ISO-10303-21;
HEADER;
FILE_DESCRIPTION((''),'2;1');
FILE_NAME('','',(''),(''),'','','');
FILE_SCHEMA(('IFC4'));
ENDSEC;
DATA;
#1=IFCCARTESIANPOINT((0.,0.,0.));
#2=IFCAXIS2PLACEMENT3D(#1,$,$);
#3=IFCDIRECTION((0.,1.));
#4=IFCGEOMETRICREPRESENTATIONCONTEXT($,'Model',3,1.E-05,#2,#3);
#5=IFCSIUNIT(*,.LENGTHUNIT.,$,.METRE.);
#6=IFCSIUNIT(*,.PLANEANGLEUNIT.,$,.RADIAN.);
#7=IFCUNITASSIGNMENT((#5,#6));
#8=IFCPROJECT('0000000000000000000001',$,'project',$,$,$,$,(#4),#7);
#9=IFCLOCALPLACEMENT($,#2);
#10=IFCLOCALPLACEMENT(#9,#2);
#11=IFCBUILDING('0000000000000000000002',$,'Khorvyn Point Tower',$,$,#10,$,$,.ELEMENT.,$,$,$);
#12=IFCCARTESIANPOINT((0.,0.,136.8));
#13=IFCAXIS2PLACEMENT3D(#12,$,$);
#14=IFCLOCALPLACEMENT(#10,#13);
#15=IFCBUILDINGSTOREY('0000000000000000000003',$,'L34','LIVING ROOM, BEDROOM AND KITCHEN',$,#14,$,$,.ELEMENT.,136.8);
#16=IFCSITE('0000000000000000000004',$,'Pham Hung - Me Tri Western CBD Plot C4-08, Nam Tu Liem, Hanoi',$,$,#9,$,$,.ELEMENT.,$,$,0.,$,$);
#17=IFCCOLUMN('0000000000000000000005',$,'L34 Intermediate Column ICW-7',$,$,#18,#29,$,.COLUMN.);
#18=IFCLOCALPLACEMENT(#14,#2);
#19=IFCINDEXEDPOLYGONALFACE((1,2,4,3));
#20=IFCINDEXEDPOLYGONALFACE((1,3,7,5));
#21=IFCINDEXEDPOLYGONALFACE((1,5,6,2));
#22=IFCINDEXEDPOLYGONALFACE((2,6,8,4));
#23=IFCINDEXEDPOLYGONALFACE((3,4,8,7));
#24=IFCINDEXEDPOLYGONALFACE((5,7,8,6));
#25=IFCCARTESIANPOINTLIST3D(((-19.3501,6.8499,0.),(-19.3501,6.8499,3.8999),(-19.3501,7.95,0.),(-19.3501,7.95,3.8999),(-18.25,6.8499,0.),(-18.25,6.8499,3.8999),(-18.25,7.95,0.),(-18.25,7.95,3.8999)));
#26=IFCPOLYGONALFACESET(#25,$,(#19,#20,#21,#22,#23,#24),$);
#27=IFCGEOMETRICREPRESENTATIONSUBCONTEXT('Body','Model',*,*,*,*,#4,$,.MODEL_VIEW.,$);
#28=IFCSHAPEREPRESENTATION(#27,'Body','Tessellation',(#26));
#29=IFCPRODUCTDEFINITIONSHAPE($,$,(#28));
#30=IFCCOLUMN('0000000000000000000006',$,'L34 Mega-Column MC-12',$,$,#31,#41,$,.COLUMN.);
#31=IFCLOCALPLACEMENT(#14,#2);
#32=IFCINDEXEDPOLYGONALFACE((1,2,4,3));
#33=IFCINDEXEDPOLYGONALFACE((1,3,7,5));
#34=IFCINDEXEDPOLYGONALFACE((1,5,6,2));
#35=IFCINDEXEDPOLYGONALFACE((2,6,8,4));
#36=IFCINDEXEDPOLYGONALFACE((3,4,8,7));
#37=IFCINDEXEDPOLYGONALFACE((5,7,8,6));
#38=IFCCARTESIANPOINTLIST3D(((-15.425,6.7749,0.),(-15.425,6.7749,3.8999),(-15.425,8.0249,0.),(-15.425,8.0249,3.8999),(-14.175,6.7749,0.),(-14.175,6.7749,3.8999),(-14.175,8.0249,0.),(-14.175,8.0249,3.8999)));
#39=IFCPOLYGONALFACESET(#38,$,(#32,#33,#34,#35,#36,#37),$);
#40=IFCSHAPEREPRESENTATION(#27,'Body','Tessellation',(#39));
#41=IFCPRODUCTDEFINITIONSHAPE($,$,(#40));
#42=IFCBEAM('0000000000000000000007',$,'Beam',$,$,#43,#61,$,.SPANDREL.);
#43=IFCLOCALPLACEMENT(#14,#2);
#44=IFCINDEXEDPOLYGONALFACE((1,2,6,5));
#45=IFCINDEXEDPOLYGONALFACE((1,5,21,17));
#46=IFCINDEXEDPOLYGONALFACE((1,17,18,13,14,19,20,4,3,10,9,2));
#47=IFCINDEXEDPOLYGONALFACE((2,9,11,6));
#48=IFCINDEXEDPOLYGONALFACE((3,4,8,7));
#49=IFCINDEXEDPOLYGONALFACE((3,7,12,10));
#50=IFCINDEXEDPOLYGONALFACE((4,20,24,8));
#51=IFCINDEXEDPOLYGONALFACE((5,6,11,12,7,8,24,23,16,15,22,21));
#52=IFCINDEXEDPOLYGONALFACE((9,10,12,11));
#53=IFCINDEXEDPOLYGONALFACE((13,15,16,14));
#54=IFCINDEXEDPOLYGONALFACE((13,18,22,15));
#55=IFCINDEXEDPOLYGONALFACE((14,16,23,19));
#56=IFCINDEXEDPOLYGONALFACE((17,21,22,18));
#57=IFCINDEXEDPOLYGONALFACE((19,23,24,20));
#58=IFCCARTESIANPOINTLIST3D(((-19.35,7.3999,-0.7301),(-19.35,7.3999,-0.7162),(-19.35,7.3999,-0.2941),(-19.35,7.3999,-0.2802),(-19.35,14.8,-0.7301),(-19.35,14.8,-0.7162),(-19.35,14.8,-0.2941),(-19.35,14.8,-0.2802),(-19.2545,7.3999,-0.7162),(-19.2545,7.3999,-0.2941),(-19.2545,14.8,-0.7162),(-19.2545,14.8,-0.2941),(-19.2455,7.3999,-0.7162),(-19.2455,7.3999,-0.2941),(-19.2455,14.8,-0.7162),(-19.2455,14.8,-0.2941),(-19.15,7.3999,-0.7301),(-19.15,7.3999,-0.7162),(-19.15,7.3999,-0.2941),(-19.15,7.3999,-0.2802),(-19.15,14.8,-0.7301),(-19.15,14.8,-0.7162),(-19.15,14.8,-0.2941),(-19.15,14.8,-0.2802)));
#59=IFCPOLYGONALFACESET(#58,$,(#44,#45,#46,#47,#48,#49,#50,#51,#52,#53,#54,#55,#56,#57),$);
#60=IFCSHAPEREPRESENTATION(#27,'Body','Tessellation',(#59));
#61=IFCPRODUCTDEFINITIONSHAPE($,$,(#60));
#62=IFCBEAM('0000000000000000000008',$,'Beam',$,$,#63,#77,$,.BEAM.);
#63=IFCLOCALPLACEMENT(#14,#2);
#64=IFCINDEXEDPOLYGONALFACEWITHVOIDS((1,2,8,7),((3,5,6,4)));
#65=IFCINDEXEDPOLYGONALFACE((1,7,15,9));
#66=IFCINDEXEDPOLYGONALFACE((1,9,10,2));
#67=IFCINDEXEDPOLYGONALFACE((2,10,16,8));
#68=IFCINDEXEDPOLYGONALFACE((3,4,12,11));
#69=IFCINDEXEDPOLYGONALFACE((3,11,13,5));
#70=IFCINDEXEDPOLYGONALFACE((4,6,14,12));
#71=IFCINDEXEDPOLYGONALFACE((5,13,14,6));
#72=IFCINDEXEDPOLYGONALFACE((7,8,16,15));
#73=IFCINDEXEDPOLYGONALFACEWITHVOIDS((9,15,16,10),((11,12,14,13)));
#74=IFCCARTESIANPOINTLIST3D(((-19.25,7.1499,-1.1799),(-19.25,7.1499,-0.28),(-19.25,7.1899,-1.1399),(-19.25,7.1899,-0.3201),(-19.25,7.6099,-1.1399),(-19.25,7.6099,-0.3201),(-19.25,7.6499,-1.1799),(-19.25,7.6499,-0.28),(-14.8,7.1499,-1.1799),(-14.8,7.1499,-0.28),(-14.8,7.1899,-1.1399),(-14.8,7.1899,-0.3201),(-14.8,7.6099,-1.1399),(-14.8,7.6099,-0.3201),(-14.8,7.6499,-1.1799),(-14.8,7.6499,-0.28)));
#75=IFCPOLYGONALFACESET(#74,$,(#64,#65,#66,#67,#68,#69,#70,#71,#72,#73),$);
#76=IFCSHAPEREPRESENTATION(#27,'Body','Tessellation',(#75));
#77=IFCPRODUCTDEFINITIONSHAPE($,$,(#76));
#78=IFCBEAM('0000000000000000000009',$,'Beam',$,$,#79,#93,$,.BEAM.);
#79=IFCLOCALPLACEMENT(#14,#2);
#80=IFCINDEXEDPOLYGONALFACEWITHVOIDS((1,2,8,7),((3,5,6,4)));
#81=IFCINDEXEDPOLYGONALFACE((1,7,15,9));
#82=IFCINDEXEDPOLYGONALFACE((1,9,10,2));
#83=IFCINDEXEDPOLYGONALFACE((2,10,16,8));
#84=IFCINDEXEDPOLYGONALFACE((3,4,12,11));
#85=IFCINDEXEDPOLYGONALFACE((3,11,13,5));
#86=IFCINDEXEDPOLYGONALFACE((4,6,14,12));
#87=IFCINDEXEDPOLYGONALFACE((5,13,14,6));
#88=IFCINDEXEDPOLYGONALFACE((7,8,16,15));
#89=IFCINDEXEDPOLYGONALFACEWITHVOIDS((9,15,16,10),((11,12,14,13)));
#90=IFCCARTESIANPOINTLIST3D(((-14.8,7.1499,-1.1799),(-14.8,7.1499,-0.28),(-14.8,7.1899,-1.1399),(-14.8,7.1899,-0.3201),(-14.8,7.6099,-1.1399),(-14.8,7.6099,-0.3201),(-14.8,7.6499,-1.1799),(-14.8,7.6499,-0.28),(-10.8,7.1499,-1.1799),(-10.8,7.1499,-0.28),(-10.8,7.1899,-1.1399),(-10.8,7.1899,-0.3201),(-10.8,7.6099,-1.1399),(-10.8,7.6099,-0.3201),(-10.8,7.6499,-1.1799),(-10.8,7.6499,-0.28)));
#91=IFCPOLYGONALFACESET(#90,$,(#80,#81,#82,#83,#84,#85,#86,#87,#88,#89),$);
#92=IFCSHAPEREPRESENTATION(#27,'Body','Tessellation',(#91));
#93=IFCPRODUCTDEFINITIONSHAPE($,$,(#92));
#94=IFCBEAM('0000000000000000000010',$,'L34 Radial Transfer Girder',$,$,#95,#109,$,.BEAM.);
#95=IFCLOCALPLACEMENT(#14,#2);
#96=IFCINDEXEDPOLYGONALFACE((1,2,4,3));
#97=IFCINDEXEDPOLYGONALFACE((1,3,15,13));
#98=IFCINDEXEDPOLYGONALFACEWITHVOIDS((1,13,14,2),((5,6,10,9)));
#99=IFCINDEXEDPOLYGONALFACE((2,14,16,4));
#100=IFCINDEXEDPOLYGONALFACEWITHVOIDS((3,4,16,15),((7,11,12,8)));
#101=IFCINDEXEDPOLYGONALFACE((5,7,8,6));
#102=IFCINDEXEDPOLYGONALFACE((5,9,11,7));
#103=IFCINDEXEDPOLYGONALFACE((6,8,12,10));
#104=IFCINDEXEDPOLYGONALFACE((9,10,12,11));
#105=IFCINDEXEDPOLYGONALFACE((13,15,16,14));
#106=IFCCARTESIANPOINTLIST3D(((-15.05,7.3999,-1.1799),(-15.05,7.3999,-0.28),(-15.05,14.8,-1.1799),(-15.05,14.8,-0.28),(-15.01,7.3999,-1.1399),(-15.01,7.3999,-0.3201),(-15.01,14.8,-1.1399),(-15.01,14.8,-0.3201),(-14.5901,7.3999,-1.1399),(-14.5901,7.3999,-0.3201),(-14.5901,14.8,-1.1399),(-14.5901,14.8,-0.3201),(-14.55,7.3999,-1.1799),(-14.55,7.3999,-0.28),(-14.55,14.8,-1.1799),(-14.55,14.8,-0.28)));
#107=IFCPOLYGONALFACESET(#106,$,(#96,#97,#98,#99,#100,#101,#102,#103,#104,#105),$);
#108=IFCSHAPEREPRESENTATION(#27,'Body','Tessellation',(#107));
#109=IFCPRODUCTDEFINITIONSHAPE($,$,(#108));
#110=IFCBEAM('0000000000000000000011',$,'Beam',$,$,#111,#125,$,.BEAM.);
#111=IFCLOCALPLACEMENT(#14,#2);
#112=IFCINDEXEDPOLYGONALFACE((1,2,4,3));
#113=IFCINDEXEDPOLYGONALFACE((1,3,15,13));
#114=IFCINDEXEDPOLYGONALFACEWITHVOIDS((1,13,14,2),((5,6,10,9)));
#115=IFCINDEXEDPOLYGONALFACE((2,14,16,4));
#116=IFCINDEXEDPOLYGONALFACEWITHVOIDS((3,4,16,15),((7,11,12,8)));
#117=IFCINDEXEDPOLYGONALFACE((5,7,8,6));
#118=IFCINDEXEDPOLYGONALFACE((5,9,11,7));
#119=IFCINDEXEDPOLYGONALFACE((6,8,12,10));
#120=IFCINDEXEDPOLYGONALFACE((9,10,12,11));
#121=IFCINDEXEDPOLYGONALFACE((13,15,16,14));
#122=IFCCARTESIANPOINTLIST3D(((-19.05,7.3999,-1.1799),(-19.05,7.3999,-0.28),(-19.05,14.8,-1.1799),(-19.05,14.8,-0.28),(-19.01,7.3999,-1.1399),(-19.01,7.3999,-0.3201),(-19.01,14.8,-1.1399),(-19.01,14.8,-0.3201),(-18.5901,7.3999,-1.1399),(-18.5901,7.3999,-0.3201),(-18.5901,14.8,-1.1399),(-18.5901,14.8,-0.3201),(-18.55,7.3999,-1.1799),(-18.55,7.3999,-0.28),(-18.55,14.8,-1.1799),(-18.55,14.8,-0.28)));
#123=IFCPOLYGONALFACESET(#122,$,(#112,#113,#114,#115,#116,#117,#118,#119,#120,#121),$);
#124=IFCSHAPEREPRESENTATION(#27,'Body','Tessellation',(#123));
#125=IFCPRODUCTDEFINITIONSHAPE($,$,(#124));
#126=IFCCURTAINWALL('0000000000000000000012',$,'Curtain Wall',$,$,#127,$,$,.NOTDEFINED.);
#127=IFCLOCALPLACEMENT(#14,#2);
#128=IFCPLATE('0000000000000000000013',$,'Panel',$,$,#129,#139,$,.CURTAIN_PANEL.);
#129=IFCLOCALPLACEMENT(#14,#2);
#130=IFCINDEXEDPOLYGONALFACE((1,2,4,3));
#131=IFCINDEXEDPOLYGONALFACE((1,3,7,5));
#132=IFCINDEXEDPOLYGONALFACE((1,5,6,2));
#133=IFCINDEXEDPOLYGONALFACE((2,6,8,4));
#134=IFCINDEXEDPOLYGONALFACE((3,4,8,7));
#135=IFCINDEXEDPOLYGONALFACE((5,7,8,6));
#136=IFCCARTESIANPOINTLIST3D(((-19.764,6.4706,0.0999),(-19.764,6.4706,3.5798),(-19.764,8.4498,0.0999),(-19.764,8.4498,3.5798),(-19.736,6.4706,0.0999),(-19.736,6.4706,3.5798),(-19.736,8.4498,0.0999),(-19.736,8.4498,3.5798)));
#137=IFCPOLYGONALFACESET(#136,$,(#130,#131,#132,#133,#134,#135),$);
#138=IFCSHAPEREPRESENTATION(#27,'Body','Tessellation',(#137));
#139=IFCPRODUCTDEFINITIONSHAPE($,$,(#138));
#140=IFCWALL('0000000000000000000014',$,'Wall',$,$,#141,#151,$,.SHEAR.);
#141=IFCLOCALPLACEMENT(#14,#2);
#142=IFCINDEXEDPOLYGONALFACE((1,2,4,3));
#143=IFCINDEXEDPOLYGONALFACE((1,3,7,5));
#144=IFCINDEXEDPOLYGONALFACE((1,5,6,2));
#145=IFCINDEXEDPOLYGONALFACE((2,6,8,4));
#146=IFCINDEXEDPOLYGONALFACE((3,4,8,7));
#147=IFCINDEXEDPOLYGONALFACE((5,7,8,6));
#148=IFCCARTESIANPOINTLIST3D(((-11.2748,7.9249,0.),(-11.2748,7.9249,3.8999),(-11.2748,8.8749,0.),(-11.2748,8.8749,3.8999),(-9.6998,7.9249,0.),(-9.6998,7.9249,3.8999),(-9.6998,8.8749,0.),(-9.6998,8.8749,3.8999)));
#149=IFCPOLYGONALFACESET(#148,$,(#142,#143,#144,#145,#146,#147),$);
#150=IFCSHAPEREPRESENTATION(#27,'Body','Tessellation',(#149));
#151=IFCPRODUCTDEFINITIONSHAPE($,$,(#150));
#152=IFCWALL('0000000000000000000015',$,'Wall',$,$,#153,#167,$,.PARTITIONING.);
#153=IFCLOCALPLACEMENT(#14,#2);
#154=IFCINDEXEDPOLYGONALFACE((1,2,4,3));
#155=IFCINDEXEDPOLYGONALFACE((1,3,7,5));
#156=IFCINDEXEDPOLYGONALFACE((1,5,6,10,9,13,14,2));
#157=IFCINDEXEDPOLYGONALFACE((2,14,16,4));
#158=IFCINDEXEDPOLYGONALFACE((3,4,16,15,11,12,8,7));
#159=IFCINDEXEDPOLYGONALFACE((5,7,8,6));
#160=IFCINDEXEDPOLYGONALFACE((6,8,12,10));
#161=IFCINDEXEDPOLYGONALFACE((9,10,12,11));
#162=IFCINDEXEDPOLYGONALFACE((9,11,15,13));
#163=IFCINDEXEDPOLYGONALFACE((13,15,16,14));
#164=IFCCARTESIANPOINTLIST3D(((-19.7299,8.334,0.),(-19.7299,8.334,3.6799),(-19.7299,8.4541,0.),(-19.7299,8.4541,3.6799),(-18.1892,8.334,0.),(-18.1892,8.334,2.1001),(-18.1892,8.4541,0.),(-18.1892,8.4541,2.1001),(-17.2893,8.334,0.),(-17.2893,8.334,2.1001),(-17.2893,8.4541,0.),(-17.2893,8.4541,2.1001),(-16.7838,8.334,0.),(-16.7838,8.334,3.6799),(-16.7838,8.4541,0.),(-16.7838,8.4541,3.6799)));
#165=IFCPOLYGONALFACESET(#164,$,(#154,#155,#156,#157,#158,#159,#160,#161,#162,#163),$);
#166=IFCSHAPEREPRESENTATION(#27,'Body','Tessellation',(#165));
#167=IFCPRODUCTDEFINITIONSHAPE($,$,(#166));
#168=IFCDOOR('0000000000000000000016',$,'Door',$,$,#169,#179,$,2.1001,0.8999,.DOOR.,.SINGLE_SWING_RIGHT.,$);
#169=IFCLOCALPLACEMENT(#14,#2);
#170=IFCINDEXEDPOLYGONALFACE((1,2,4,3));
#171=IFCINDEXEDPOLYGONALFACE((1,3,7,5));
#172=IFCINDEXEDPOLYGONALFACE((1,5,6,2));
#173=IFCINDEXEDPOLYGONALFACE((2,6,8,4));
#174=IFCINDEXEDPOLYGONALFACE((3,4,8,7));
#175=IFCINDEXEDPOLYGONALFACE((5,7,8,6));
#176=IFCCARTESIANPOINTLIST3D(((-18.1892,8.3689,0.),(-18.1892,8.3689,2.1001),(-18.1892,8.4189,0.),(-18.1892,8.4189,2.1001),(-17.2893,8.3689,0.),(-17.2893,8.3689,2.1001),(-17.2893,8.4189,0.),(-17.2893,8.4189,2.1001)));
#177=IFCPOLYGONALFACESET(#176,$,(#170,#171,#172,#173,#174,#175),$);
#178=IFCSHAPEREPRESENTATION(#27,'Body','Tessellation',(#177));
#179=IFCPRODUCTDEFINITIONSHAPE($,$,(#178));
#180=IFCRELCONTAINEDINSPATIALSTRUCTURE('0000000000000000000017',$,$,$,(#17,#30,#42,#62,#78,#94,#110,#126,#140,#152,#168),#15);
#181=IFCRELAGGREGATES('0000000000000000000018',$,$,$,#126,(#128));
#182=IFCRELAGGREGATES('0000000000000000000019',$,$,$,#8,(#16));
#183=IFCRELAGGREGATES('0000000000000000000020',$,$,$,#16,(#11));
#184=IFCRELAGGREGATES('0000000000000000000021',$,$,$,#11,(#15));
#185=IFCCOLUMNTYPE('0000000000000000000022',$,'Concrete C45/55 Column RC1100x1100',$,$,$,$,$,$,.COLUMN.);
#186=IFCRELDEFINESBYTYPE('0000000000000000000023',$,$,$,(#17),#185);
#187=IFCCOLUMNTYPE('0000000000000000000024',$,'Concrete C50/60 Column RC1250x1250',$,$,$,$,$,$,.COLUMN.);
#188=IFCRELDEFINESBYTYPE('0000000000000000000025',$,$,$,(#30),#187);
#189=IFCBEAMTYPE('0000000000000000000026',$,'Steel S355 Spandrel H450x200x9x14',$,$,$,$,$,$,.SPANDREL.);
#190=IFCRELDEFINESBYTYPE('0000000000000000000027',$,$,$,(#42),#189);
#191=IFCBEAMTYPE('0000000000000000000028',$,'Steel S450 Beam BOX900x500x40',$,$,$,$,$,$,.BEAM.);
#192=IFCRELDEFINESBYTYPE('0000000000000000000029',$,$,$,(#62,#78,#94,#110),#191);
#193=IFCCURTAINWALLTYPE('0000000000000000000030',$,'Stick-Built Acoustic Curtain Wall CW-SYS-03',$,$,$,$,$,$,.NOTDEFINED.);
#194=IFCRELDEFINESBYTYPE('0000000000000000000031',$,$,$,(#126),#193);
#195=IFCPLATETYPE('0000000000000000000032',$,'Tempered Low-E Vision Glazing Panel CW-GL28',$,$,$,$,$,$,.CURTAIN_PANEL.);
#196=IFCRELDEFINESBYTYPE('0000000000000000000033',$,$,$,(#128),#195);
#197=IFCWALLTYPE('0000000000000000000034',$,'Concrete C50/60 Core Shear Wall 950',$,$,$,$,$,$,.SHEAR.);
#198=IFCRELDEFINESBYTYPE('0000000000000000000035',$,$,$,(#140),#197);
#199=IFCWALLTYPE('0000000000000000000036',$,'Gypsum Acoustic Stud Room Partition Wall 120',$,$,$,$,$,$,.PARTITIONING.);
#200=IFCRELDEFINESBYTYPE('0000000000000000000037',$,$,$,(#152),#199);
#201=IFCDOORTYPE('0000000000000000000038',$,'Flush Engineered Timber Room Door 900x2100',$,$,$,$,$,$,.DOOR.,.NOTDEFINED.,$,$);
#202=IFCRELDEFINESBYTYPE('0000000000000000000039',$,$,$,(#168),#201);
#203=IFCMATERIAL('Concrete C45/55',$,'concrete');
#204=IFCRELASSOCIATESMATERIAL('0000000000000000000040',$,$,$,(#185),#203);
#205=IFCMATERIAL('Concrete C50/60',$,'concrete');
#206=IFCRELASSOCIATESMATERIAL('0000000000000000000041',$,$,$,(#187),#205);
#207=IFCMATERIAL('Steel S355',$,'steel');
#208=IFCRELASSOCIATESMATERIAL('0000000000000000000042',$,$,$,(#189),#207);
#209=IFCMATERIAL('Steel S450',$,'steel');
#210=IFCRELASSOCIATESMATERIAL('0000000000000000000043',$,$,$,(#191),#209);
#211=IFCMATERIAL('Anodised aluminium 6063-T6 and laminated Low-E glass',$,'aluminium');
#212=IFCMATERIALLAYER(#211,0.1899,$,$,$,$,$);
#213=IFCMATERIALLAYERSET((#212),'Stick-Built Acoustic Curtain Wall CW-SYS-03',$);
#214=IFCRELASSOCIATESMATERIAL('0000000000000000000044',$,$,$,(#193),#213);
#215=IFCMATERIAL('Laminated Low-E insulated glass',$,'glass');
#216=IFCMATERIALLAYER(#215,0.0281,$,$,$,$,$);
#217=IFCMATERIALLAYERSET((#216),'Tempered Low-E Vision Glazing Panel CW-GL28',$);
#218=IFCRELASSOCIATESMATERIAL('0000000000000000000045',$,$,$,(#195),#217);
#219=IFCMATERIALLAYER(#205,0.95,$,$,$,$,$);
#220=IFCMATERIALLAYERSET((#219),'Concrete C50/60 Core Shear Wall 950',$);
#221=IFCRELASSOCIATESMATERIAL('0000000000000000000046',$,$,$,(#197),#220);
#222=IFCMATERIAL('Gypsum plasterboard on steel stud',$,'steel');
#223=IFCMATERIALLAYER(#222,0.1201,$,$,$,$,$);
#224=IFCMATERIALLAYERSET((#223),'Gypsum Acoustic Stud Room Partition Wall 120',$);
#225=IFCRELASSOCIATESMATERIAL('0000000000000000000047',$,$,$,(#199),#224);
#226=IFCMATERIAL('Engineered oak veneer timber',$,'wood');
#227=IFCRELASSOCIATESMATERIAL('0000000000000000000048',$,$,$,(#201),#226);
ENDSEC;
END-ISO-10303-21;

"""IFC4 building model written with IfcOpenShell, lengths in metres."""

from ifc_helpers import new_model, si_unit, direction, frame, frame_2d, origin, origin_2d, place, context, subcontext, project, spatial, rectangle, hollow_rectangle, i_section, extrude, material, layer, layer_set, material_profile, profile_set, type_object, element, fill, aggregate, save


model = new_model("IFC4")

# Units and contexts
model_context = context("Model", 3, precision=1e-05, world=origin(), true_north=direction((0.0, 1.0)))
body_context = subcontext(model_context, "Body", "Model", "MODEL_VIEW")
ifc_project = project(units=[si_unit("LENGTHUNIT", "METRE"), si_unit("PLANEANGLEUNIT", "RADIAN")], contexts=[model_context])

# Site, building, storey
site_placement = place(None, origin())
site = spatial("IfcSite", under=ifc_project, at=site_placement, Name="Pham Hung - Me Tri Western CBD Plot C4-08, Nam Tu Liem, Hanoi", CompositionType="ELEMENT", RefElevation=0.0)
building_placement = place(site_placement, origin())
building = spatial("IfcBuilding", under=site, at=building_placement, Name="Khorvyn Point Tower", CompositionType="ELEMENT")
storey_placement = place(building_placement, frame((0.0, 0.0, 136.8)))
storey = spatial("IfcBuildingStorey", under=building, at=storey_placement, Name="L34", Description="LIVING ROOM, BEDROOM AND KITCHEN", CompositionType="ELEMENT", Elevation=136.8)

# Columns
ifc_material_1 = material(Name="Concrete C45/55", Category="concrete")
ifc_material_profile_1 = material_profile(ifc_material_1, rectangle(XDim=1.1001, YDim=1.1001, at=origin_2d()))
ifc_profile_set_1 = profile_set([ifc_material_profile_1], Name="Concrete C45/55 RC1100x1100")
column_type_1 = type_object("IfcColumnType", Name="Concrete C45/55 Column RC1100x1100", PredefinedType="COLUMN", material=ifc_profile_set_1)
column_1_placement = place(storey_placement, frame((-18.8, 7.3999, 0.0), z_axis=(0.0, 0.0, 1.0), x_axis=(1.0, 0.0, 0.0)))
element("IfcColumn", 1, at=column_1_placement, inside=storey, type_object=column_type_1, Name="L34 Intermediate Column ICW-7", PredefinedType="COLUMN", context=body_context, shape_type="SweptSolid", body=[
    extrude(rectangle(XDim=1.1001, YDim=1.1001, at=origin_2d()), origin(), (0.0, 0.0, 1.0), 3.8999),
])
ifc_material_2 = material(Name="Concrete C50/60", Category="concrete")
ifc_material_profile_2 = material_profile(ifc_material_2, rectangle(XDim=1.25, YDim=1.25, at=origin_2d()))
ifc_profile_set_2 = profile_set([ifc_material_profile_2], Name="Concrete C50/60 RC1250x1250")
column_type_2 = type_object("IfcColumnType", Name="Concrete C50/60 Column RC1250x1250", PredefinedType="COLUMN", material=ifc_profile_set_2)
column_2_placement = place(storey_placement, frame((-14.8, 7.3999, 0.0), z_axis=(0.0, 0.0, 1.0), x_axis=(1.0, 0.0, 0.0)))
element("IfcColumn", 2, at=column_2_placement, inside=storey, type_object=column_type_2, Name="L34 Mega-Column MC-12", PredefinedType="COLUMN", context=body_context, shape_type="SweptSolid", body=[
    extrude(rectangle(XDim=1.25, YDim=1.25, at=origin_2d()), origin(), (0.0, 0.0, 1.0), 3.8999),
])

# Beams
ifc_material_3 = material(Name="Steel S355", Category="steel")
ifc_material_profile_3 = material_profile(ifc_material_3, i_section(OverallWidth=0.2, OverallDepth=0.45, WebThickness=0.009, FlangeThickness=0.0139, at=origin_2d()))
ifc_profile_set_3 = profile_set([ifc_material_profile_3], Name="Steel S355 H450x200x9x14")
beam_type_1 = type_object("IfcBeamType", Name="Steel S355 Spandrel H450x200x9x14", PredefinedType="SPANDREL", material=ifc_profile_set_3)
beam_1_placement = place(storey_placement, frame((-19.25, 7.3999, -0.5051), z_axis=(0.0, 1.0, 0.0), x_axis=(-1.0, 0.0, 0.0)))
element("IfcBeam", 3, at=beam_1_placement, inside=storey, type_object=beam_type_1, Name="Beam", PredefinedType="SPANDREL", context=body_context, shape_type="SweptSolid", body=[
    extrude(i_section(OverallWidth=0.2, OverallDepth=0.45, WebThickness=0.009, FlangeThickness=0.0139, at=origin_2d()), origin(), (0.0, 0.0, 1.0), 7.4001),
])
ifc_material_4 = material(Name="Steel S450", Category="steel")
ifc_material_profile_4 = material_profile(ifc_material_4, hollow_rectangle(XDim=0.5, YDim=0.8999, WallThickness=0.04, at=origin_2d()))
ifc_profile_set_4 = profile_set([ifc_material_profile_4], Name="Steel S450 BOX900x500x40")
beam_type_2 = type_object("IfcBeamType", Name="Steel S450 Beam BOX900x500x40", PredefinedType="BEAM", material=ifc_profile_set_4)
beam_2_placement = place(storey_placement, frame((-19.25, 7.3999, -0.73), z_axis=(1.0, 0.0, 0.0), x_axis=(0.0, 1.0, 0.0)))
element("IfcBeam", 4, at=beam_2_placement, inside=storey, type_object=beam_type_2, Name="Beam", PredefinedType="BEAM", context=body_context, shape_type="SweptSolid", body=[
    extrude(hollow_rectangle(XDim=0.5, YDim=0.8999, WallThickness=0.04, at=origin_2d()), origin(), (0.0, 0.0, 1.0), 4.45),
])
beam_3_placement = place(storey_placement, frame((-14.8, 7.3999, -0.73), z_axis=(1.0, 0.0, 0.0), x_axis=(0.0, 1.0, 0.0)))
element("IfcBeam", 5, at=beam_3_placement, inside=storey, type_object=beam_type_2, Name="Beam", PredefinedType="BEAM", context=body_context, shape_type="SweptSolid", body=[
    extrude(hollow_rectangle(XDim=0.5, YDim=0.8999, WallThickness=0.04, at=origin_2d()), origin(), (0.0, 0.0, 1.0), 4.0),
])
for number, where, z_axis, x_axis, name in (
    (6, (-14.8, 7.3999, -0.73), (0.0, 1.0, 0.0), (-1.0, 0.0, 0.0), "L34 Radial Transfer Girder"),
    (7, (-18.8, 7.3999, -0.73), (0.0, 1.0, 0.0), (-1.0, 0.0, 0.0), "Beam"),
):
    element("IfcBeam", number, at=place(storey_placement, frame(where, z_axis=z_axis, x_axis=x_axis)), inside=storey, type_object=beam_type_2, Name=name, PredefinedType="BEAM", context=body_context, shape_type="SweptSolid", body=[
        extrude(hollow_rectangle(XDim=0.5, YDim=0.8999, WallThickness=0.04, at=origin_2d()), origin(), (0.0, 0.0, 1.0), 7.4001),
    ])

# Curtain wall, plate
ifc_material_5 = material(Name="Anodised aluminium 6063-T6 and laminated Low-E glass", Category="aluminium")
ifc_layer_1 = layer(ifc_material_5, 0.1899)
ifc_layer_set_1 = layer_set([ifc_layer_1], Name="Stick-Built Acoustic Curtain Wall CW-SYS-03")
curtain_wall_type = type_object("IfcCurtainWallType", Name="Stick-Built Acoustic Curtain Wall CW-SYS-03", PredefinedType="NOTDEFINED", material=ifc_layer_set_1)
curtain_wall_placement = place(storey_placement, origin())
curtain_wall = element("IfcCurtainWall", 8, at=curtain_wall_placement, inside=storey, type_object=curtain_wall_type, Name="Curtain Wall", PredefinedType="NOTDEFINED")
ifc_material_6 = material(Name="Laminated Low-E insulated glass", Category="glass")
ifc_layer_2 = layer(ifc_material_6, 0.0281)
ifc_layer_set_2 = layer_set([ifc_layer_2], Name="Tempered Low-E Vision Glazing Panel CW-GL28")
plate_type = type_object("IfcPlateType", Name="Tempered Low-E Vision Glazing Panel CW-GL28", PredefinedType="CURTAIN_PANEL", material=ifc_layer_set_2)
plate_placement = place(storey_placement, frame((-19.75, 7.4602, 0.0999), z_axis=(0.0, 0.0, 1.0), x_axis=(0.0, 1.0, 0.0)))
plate = element("IfcPlate", 9, at=plate_placement, type_object=plate_type, Name="Panel", PredefinedType="CURTAIN_PANEL", context=body_context, shape_type="SweptSolid", body=[
    extrude(rectangle(XDim=1.9792, YDim=0.0281, at=origin_2d()), origin(), (0.0, 0.0, 1.0), 3.48),
])
aggregate(curtain_wall, [plate])

# Wall
ifc_layer_3 = layer(ifc_material_2, 0.95)
ifc_layer_set_3 = layer_set([ifc_layer_3], Name="Concrete C50/60 Core Shear Wall 950")
wall_type_1 = type_object("IfcWallType", Name="Concrete C50/60 Core Shear Wall 950", PredefinedType="SHEAR", material=ifc_layer_set_3)
wall_1_placement = place(storey_placement, frame((-11.2749, 8.3999, 0.0), z_axis=(0.0, 0.0, 1.0), x_axis=(1.0, 0.0, 0.0)))
element("IfcWall", 10, at=wall_1_placement, inside=storey, type_object=wall_type_1, Name="Wall", PredefinedType="SHEAR", context=body_context, shape_type="SweptSolid", body=[
    extrude(rectangle(XDim=1.575, YDim=0.95, at=frame_2d((0.7876, 0.0))), origin(), (0.0, 0.0, 1.0), 3.8999),
])

# Wall, opening, door
ifc_material_7 = material(Name="Gypsum plasterboard on steel stud", Category="steel")
ifc_layer_4 = layer(ifc_material_7, 0.1201)
ifc_layer_set_4 = layer_set([ifc_layer_4], Name="Gypsum Acoustic Stud Room Partition Wall 120")
wall_type_2 = type_object("IfcWallType", Name="Gypsum Acoustic Stud Room Partition Wall 120", PredefinedType="PARTITIONING", material=ifc_layer_set_4)
wall_2_placement = place(storey_placement, frame((-19.73, 8.394, 0.0), z_axis=(0.0, 0.0, 1.0), x_axis=(1.0, 0.0, 0.0)))
wall_2 = element("IfcWall", 11, at=wall_2_placement, inside=storey, type_object=wall_type_2, Name="Wall", PredefinedType="PARTITIONING", context=body_context, shape_type="SweptSolid", body=[
    extrude(rectangle(XDim=2.946, YDim=0.1201, at=frame_2d((1.4731, 0.0))), origin(), (0.0, 0.0, 1.0), 3.6799),
])
opening_1_placement = place(wall_2_placement, frame((1.5408, 0.0, 0.0)))
opening_1 = element("IfcOpeningElement", 12, at=opening_1_placement, cuts=wall_2, PredefinedType="OPENING", context=body_context, shape_type="SweptSolid", body=[
    extrude(rectangle(XDim=0.8999, YDim=2.1001, at=frame_2d((0.45, 1.05))), frame((0.0, 0.0701, 0.0), z_axis=(0.0, -1.0, 0.0), x_axis=(1.0, 0.0, 0.0)), (0.0, 0.0, 1.0), 0.1401),
])
ifc_material_8 = material(Name="Engineered oak veneer timber", Category="wood")
door_type_1 = type_object("IfcDoorType", Name="Flush Engineered Timber Room Door 900x2100", OperationType="NOTDEFINED", PredefinedType="DOOR", material=ifc_material_8)
door_1_placement = place(opening_1_placement, origin())
door_1 = element("IfcDoor", 13, at=door_1_placement, inside=storey, type_object=door_type_1, Name="Door", OperationType="SINGLE_SWING_RIGHT", OverallHeight=2.1001, OverallWidth=0.8999, PredefinedType="DOOR", context=body_context, shape_type="SweptSolid", body=[
    extrude(rectangle(XDim=0.8999, YDim=2.1001, at=frame_2d((0.45, 1.05))), frame((0.0, 0.0249, 0.0), z_axis=(0.0, -1.0, 0.0), x_axis=(1.0, 0.0, 0.0)), (0.0, 0.0, 1.0), 0.05),
])
fill(opening_1, door_1)

save(model, "model.ifc")
